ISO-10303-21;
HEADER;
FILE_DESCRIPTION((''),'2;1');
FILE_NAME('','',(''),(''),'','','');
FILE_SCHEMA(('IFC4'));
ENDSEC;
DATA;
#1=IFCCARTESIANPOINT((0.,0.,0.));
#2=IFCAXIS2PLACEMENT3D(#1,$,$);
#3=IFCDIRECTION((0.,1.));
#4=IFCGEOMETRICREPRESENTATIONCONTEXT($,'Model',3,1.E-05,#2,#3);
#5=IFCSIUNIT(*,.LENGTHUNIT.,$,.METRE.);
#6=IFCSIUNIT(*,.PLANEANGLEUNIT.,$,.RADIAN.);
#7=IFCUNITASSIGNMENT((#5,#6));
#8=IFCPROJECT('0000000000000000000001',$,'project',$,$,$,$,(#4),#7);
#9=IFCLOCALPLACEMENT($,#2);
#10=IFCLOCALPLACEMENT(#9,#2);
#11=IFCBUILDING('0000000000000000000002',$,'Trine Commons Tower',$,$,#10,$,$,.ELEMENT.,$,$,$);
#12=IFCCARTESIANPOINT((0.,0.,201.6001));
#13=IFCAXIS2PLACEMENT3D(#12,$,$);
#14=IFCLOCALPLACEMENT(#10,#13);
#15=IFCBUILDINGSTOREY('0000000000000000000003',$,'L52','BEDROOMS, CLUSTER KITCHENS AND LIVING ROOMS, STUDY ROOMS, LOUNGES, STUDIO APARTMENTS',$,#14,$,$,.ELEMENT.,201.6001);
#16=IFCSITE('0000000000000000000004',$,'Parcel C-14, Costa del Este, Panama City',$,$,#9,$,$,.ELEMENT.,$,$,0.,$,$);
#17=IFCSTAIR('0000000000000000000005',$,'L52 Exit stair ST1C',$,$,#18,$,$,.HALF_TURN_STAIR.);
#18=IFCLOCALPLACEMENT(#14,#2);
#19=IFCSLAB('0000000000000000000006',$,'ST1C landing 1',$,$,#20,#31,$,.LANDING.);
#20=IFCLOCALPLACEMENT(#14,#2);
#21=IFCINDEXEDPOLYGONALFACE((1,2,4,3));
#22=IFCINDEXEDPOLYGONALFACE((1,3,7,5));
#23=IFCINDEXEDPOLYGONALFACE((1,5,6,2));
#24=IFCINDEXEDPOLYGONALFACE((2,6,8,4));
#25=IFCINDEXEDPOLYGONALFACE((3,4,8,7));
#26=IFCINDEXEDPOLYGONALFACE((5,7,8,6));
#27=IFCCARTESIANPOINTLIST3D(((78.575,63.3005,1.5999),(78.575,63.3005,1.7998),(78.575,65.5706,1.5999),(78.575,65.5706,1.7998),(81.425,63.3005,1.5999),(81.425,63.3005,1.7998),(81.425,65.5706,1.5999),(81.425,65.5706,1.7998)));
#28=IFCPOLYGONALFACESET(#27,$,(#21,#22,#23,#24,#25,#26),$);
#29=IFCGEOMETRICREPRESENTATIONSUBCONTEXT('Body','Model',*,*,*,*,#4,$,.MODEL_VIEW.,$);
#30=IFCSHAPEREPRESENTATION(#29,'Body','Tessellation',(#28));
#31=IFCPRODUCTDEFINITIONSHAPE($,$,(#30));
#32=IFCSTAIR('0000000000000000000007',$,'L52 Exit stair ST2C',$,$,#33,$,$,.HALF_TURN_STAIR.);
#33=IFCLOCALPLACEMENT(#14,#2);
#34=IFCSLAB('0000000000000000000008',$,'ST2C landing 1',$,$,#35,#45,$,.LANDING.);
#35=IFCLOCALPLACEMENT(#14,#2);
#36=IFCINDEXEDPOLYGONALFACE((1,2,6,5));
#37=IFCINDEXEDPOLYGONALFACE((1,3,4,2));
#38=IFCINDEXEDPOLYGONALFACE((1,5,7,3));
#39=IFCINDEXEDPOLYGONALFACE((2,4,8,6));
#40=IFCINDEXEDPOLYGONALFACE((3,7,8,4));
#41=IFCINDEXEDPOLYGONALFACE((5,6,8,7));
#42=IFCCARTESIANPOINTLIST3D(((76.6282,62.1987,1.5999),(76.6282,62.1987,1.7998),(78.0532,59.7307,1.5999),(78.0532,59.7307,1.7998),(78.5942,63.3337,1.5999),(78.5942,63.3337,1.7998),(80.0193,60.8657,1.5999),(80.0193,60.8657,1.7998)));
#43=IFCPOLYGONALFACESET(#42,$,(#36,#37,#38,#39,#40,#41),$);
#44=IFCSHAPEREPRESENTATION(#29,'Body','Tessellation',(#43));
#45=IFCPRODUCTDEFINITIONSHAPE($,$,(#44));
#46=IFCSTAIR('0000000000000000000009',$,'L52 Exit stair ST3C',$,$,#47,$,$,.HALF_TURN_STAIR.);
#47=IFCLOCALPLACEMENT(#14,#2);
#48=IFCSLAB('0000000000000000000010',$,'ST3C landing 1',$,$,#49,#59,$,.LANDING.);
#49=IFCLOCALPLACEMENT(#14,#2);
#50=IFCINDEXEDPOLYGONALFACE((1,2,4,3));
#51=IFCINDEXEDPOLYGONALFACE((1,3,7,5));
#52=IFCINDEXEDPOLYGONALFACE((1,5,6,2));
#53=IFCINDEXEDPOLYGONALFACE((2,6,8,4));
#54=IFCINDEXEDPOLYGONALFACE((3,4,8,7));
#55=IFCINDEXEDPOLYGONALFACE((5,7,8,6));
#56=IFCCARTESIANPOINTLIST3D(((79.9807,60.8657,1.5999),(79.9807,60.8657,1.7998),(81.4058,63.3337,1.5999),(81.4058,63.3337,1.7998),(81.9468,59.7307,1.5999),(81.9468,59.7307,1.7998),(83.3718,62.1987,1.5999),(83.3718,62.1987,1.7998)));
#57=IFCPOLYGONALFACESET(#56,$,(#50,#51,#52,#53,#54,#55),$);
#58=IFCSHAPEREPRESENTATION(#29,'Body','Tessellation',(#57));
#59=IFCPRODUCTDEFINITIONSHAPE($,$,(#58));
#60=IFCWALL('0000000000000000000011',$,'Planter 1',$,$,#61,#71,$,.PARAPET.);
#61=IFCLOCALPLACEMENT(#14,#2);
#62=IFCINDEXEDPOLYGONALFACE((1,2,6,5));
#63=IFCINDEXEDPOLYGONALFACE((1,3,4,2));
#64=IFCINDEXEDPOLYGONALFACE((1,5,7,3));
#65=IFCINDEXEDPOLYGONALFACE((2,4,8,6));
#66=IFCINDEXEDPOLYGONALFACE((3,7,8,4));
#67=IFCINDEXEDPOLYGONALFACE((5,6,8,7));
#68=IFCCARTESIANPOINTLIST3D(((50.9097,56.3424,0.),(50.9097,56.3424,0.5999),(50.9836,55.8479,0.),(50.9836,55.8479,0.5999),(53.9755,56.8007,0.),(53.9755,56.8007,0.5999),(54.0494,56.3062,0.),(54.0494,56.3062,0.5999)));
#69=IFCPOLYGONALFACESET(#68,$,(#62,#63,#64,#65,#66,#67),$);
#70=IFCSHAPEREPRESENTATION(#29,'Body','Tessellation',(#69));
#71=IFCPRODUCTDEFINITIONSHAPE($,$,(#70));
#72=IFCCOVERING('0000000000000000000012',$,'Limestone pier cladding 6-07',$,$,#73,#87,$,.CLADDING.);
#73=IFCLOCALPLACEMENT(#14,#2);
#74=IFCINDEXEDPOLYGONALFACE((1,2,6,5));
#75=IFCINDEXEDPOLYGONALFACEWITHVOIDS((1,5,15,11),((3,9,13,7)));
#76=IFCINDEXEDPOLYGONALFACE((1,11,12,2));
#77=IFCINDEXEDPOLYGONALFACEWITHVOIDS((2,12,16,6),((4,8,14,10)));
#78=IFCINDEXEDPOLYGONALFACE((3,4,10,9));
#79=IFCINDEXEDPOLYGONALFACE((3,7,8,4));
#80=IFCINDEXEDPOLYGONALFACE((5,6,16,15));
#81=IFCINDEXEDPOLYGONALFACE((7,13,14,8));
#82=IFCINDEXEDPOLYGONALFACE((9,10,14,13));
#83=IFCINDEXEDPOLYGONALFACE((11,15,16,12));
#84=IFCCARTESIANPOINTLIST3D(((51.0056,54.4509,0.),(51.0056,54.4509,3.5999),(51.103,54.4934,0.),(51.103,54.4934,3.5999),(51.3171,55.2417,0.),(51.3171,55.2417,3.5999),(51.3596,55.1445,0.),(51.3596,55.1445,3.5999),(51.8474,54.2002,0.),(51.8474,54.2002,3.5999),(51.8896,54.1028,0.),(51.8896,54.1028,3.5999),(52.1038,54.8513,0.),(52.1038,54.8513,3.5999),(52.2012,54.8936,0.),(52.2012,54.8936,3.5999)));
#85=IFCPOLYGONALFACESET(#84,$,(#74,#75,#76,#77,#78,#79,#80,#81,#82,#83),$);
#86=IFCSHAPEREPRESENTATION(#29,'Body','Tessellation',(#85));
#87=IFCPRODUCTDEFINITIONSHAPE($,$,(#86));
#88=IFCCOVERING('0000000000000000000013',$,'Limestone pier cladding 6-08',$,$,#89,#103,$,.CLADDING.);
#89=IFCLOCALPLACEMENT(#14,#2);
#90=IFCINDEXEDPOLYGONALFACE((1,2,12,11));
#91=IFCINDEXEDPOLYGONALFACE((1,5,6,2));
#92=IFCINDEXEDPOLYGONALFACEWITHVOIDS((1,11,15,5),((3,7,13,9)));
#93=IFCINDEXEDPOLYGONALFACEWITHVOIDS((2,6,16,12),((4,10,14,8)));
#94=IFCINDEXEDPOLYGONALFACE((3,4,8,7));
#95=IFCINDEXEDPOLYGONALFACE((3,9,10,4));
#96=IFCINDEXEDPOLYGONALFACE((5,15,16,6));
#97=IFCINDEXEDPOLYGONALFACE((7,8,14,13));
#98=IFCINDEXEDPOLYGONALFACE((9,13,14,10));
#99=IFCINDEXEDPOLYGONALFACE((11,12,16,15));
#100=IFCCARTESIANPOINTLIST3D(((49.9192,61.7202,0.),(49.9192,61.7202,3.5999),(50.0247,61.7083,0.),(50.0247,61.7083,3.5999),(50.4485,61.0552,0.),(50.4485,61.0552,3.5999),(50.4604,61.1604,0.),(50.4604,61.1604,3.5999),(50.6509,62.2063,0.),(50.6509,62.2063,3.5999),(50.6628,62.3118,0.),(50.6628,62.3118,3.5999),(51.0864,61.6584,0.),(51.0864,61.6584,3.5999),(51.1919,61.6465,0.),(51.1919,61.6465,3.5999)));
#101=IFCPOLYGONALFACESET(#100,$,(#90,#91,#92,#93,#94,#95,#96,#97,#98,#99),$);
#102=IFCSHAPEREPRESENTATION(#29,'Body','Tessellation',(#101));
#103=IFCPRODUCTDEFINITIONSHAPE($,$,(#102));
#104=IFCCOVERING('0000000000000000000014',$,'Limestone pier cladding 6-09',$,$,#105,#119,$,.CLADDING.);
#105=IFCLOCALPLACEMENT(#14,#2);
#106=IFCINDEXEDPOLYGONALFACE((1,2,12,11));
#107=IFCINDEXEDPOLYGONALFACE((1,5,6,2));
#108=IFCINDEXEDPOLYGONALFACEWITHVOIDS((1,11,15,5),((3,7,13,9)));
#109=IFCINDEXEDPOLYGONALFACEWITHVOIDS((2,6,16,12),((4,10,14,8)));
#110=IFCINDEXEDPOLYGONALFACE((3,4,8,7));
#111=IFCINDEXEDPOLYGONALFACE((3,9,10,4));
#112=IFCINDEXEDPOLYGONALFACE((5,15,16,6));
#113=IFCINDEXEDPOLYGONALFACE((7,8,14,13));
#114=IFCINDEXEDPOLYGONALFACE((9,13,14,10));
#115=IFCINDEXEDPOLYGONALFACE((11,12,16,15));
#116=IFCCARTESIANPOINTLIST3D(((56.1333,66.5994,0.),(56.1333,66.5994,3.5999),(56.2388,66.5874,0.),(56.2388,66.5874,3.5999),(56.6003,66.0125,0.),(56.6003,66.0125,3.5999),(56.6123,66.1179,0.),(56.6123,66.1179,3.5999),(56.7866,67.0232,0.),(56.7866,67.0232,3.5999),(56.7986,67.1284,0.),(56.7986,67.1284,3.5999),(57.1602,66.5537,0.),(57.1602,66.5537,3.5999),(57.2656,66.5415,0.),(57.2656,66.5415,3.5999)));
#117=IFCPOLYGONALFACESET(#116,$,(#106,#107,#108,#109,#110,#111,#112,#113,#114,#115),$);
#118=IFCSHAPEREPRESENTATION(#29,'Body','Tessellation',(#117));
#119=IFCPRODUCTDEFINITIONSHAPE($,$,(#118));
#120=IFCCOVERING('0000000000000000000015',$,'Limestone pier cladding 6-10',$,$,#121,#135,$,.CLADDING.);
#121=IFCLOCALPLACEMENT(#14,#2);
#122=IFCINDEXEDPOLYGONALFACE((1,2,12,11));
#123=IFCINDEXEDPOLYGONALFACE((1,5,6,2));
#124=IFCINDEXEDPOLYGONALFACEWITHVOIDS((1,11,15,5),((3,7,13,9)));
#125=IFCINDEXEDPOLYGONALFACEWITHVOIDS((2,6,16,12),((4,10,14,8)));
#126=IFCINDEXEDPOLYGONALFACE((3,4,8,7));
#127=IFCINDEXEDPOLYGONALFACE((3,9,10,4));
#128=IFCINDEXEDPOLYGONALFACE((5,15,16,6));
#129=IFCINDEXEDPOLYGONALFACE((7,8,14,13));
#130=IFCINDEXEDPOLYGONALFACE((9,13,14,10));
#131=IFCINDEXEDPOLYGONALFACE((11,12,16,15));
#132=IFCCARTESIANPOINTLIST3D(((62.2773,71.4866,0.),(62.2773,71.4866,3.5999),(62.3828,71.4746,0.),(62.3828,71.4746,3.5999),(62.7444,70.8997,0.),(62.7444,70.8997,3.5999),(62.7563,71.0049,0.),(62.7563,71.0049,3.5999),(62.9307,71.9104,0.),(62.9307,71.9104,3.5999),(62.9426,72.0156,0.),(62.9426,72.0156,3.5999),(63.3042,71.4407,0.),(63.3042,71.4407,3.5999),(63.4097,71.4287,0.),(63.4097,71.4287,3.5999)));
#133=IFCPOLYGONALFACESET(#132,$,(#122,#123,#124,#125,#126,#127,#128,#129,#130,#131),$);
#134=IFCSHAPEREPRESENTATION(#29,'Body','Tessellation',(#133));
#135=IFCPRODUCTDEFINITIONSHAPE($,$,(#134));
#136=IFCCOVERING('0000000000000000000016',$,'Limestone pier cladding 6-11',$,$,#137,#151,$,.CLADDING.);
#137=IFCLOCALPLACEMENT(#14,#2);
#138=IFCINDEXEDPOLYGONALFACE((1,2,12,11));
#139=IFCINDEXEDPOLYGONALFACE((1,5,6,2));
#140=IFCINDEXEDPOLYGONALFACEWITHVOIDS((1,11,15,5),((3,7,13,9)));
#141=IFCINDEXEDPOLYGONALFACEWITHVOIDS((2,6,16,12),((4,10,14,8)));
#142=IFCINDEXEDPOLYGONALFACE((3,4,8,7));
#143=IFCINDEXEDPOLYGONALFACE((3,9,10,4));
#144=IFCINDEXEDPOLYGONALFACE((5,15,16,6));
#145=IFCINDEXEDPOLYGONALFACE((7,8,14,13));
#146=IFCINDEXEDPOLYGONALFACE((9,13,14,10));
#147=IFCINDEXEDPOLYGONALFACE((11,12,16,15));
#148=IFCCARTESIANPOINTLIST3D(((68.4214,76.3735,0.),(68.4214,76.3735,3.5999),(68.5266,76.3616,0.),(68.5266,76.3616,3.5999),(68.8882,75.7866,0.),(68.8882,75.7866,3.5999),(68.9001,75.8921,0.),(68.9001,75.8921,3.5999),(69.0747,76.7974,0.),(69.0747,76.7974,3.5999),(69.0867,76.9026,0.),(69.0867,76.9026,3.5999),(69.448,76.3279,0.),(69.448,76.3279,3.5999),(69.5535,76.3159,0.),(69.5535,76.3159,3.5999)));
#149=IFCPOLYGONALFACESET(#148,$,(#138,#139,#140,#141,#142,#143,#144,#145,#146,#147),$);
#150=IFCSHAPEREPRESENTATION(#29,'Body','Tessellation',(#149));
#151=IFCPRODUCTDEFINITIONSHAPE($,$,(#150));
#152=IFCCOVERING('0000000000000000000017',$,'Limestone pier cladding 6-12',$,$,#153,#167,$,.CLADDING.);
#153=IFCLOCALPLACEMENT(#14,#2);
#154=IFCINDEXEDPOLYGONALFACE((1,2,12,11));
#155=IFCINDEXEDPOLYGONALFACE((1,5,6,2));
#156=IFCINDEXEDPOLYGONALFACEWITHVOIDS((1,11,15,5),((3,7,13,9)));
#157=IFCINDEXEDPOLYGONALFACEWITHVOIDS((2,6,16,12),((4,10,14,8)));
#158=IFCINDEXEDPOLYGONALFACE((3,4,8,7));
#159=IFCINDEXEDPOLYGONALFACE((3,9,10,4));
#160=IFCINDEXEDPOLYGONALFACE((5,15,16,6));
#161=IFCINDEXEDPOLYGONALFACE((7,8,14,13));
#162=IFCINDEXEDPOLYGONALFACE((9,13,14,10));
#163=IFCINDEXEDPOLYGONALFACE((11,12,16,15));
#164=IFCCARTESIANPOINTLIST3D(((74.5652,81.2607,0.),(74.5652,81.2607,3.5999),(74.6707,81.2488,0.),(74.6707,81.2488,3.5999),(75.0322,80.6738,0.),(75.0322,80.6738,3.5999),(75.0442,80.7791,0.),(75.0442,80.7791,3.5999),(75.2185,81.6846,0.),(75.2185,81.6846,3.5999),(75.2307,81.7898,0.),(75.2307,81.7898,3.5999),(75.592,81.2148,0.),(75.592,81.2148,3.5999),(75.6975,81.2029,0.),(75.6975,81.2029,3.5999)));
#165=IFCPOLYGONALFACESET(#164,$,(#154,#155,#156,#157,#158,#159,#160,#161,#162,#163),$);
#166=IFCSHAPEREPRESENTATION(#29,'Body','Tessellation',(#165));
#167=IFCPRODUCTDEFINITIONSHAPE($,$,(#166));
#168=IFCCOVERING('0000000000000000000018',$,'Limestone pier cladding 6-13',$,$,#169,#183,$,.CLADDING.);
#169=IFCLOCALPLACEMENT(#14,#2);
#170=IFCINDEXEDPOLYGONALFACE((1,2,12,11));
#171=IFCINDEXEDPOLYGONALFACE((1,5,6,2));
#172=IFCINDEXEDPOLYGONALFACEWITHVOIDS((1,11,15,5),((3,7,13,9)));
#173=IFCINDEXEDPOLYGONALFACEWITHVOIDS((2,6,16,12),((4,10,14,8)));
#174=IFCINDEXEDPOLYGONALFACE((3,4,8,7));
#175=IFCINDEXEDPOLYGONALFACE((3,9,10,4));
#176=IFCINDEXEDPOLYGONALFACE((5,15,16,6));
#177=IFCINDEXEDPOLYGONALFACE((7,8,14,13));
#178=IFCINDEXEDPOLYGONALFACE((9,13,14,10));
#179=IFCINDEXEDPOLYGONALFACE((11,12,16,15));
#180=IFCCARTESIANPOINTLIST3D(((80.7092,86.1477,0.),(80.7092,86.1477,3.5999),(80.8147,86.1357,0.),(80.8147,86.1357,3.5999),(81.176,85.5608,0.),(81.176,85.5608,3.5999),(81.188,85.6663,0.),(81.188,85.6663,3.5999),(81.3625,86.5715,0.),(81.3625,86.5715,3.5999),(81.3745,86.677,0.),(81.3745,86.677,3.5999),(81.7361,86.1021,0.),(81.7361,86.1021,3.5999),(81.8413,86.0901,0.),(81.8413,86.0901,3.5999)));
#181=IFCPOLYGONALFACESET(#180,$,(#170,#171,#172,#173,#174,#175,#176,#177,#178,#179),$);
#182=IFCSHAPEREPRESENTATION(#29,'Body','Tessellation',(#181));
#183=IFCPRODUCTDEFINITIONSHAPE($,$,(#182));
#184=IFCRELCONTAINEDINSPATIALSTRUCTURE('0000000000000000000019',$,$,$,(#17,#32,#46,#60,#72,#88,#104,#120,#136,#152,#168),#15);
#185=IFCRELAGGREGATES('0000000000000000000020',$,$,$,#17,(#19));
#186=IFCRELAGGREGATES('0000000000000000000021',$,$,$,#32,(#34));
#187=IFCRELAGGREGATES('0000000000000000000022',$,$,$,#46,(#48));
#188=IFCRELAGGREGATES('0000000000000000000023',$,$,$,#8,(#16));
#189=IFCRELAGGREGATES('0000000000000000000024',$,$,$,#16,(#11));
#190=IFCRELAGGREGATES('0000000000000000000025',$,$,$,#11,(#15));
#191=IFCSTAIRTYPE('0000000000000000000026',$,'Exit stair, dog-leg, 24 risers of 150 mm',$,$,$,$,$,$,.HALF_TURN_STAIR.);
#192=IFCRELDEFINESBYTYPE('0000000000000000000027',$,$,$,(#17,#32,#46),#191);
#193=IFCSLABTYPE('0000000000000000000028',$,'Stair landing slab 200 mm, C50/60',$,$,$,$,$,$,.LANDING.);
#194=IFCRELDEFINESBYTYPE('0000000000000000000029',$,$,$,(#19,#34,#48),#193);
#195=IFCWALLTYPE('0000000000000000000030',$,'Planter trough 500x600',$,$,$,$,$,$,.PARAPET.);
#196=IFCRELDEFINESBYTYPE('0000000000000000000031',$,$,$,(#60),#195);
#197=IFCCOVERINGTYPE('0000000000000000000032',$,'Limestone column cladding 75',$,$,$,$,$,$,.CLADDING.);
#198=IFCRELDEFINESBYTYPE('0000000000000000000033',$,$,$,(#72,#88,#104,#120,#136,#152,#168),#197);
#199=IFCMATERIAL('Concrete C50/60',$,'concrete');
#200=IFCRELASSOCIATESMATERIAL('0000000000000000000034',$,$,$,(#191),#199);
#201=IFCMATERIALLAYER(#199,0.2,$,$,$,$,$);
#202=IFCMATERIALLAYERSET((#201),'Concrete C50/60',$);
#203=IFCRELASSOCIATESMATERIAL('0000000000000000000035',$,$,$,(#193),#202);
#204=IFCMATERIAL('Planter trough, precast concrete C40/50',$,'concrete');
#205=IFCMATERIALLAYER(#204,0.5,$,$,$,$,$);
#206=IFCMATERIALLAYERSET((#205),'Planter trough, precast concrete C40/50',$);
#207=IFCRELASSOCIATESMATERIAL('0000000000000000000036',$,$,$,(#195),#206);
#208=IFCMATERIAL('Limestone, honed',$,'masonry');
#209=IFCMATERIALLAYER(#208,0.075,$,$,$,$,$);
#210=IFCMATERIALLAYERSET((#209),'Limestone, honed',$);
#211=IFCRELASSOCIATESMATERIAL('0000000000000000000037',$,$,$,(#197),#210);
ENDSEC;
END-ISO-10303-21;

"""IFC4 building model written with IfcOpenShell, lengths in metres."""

from ifc_helpers import new_model, si_unit, direction, frame, frame_2d, origin, place, context, subcontext, project, spatial, polyline, rectangle, outline, extrude, material, layer, layer_set, type_object, element, aggregate, save


model = new_model("IFC4")

# Units and contexts
model_context = context("Model", 3, precision=1e-05, world=origin(), true_north=direction((0.0, 1.0)))
body_context = subcontext(model_context, "Body", "Model", "MODEL_VIEW")
ifc_project = project(units=[si_unit("LENGTHUNIT", "METRE"), si_unit("PLANEANGLEUNIT", "RADIAN")], contexts=[model_context])

# Site, building, storey
site_placement = place(None, origin())
site = spatial("IfcSite", under=ifc_project, at=site_placement, Name="Parcel C-14, Costa del Este, Panama City", CompositionType="ELEMENT", RefElevation=0.0)
building_placement = place(site_placement, origin())
building = spatial("IfcBuilding", under=site, at=building_placement, Name="Trine Commons Tower", CompositionType="ELEMENT")
storey_placement = place(building_placement, frame((0.0, 0.0, 201.6001)))
storey = spatial("IfcBuildingStorey", under=building, at=storey_placement, Name="L52", Description="BEDROOMS, CLUSTER KITCHENS AND LIVING ROOMS, STUDY ROOMS, LOUNGES, STUDIO APARTMENTS", CompositionType="ELEMENT", Elevation=201.6001)

# Stairs, slabs
ifc_material_1 = material(Name="Concrete C50/60", Category="concrete")
stair_type = type_object("IfcStairType", Name="Exit stair, dog-leg, 24 risers of 150 mm", PredefinedType="HALF_TURN_STAIR", material=ifc_material_1)
stair_1_placement = place(storey_placement, origin())
stair_1 = element("IfcStair", 1, at=stair_1_placement, inside=storey, type_object=stair_type, Name="L52 Exit stair ST1C", PredefinedType="HALF_TURN_STAIR")
ifc_layer_1 = layer(ifc_material_1, 0.2)
ifc_layer_set_1 = layer_set([ifc_layer_1], Name="Concrete C50/60")
slab_type = type_object("IfcSlabType", Name="Stair landing slab 200 mm, C50/60", PredefinedType="LANDING", material=ifc_layer_set_1)
slab_1_placement = place(storey_placement, frame((0.0, 0.0, 1.5999)))
slab_1 = element("IfcSlab", 2, at=slab_1_placement, type_object=slab_type, Name="ST1C landing 1", PredefinedType="LANDING", context=body_context, shape_type="SweptSolid", body=[
    extrude(outline(polyline([(78.575, 65.5706), (78.575, 63.3005), (81.425, 63.3005), (81.425, 65.5706), (78.575, 65.5706)])), origin(), (0.0, 0.0, 1.0), 0.2),
])
aggregate(stair_1, [slab_1])
stair_2_placement = place(storey_placement, origin())
stair_2 = element("IfcStair", 3, at=stair_2_placement, inside=storey, type_object=stair_type, Name="L52 Exit stair ST2C", PredefinedType="HALF_TURN_STAIR")
slab_2_placement = place(storey_placement, frame((0.0, 0.0, 1.5999)))
slab_2 = element("IfcSlab", 4, at=slab_2_placement, type_object=slab_type, Name="ST2C landing 1", PredefinedType="LANDING", context=body_context, shape_type="SweptSolid", body=[
    extrude(outline(polyline([(78.0532, 59.7307), (80.0193, 60.8657), (78.5942, 63.3337), (76.6282, 62.1987), (78.0532, 59.7307)])), origin(), (0.0, 0.0, 1.0), 0.2),
])
aggregate(stair_2, [slab_2])
stair_3_placement = place(storey_placement, origin())
stair_3 = element("IfcStair", 5, at=stair_3_placement, inside=storey, type_object=stair_type, Name="L52 Exit stair ST3C", PredefinedType="HALF_TURN_STAIR")
slab_3_placement = place(storey_placement, frame((0.0, 0.0, 1.5999)))
slab_3 = element("IfcSlab", 6, at=slab_3_placement, type_object=slab_type, Name="ST3C landing 1", PredefinedType="LANDING", context=body_context, shape_type="SweptSolid", body=[
    extrude(outline(polyline([(83.3718, 62.1987), (81.4058, 63.3337), (79.9807, 60.8657), (81.9468, 59.7307), (83.3718, 62.1987)])), origin(), (0.0, 0.0, 1.0), 0.2),
])
aggregate(stair_3, [slab_3])

# Wall
ifc_material_2 = material(Name="Planter trough, precast concrete C40/50", Category="concrete")
ifc_layer_2 = layer(ifc_material_2, 0.5)
ifc_layer_set_2 = layer_set([ifc_layer_2], Name="Planter trough, precast concrete C40/50")
wall_type = type_object("IfcWallType", Name="Planter trough 500x600", PredefinedType="PARAPET", material=ifc_layer_set_2)
wall_placement = place(storey_placement, frame((50.9468, 56.0952, 0.0), z_axis=(0.0, 0.0, 1.0), x_axis=(0.989012, 0.147836, 0.0)))
element("IfcWall", 7, at=wall_placement, inside=storey, type_object=wall_type, Name="Planter 1", PredefinedType="PARAPET", context=body_context, shape_type="SweptSolid", body=[
    extrude(rectangle(XDim=3.0999, YDim=0.5, at=frame_2d((1.5498, 0.0))), origin(), (0.0, 0.0, 1.0), 0.5999),
])

# Coverings
ifc_material_3 = material(Name="Limestone, honed", Category="masonry")
ifc_layer_3 = layer(ifc_material_3, 0.075)
ifc_layer_set_3 = layer_set([ifc_layer_3], Name="Limestone, honed")
covering_type_1 = type_object("IfcCoveringType", Name="Limestone column cladding 75", PredefinedType="CLADDING", material=ifc_layer_set_3)
covering_1_placement = place(storey_placement, origin())
element("IfcCovering", 8, at=covering_1_placement, inside=storey, type_object=covering_type_1, Name="Limestone pier cladding 6-07", PredefinedType="CLADDING", context=body_context, shape_type="SweptSolid", body=[
    extrude(outline(polyline([(51.3171, 55.2417), (51.0056, 54.4509), (51.8896, 54.1028), (52.2012, 54.8936), (51.3171, 55.2417)]), holes=[polyline([(51.3596, 55.1445), (51.103, 54.4934), (51.8474, 54.2002), (52.1038, 54.8513), (51.3596, 55.1445)])]), origin(), (0.0, 0.0, 1.0), 3.5999),
])
covering_2_placement = place(storey_placement, origin())
element("IfcCovering", 9, at=covering_2_placement, inside=storey, type_object=covering_type_1, Name="Limestone pier cladding 6-08", PredefinedType="CLADDING", context=body_context, shape_type="SweptSolid", body=[
    extrude(outline(polyline([(51.1919, 61.6465), (50.6628, 62.3118), (49.9192, 61.7202), (50.4485, 61.0552), (51.1919, 61.6465)]), holes=[polyline([(51.0864, 61.6584), (50.6509, 62.2063), (50.0247, 61.7083), (50.4604, 61.1604), (51.0864, 61.6584)])]), origin(), (0.0, 0.0, 1.0), 3.5999),
])
covering_3_placement = place(storey_placement, origin())
element("IfcCovering", 10, at=covering_3_placement, inside=storey, type_object=covering_type_1, Name="Limestone pier cladding 6-09", PredefinedType="CLADDING", context=body_context, shape_type="SweptSolid", body=[
    extrude(outline(polyline([(57.2656, 66.5415), (56.7986, 67.1284), (56.1333, 66.5994), (56.6003, 66.0125), (57.2656, 66.5415)]), holes=[polyline([(57.1602, 66.5537), (56.7866, 67.0232), (56.2388, 66.5874), (56.6123, 66.1179), (57.1602, 66.5537)])]), origin(), (0.0, 0.0, 1.0), 3.5999),
])
covering_4_placement = place(storey_placement, origin())
element("IfcCovering", 11, at=covering_4_placement, inside=storey, type_object=covering_type_1, Name="Limestone pier cladding 6-10", PredefinedType="CLADDING", context=body_context, shape_type="SweptSolid", body=[
    extrude(outline(polyline([(63.4097, 71.4287), (62.9426, 72.0156), (62.2773, 71.4866), (62.7444, 70.8997), (63.4097, 71.4287)]), holes=[polyline([(63.3042, 71.4407), (62.9307, 71.9104), (62.3828, 71.4746), (62.7563, 71.0049), (63.3042, 71.4407)])]), origin(), (0.0, 0.0, 1.0), 3.5999),
])
covering_5_placement = place(storey_placement, origin())
element("IfcCovering", 12, at=covering_5_placement, inside=storey, type_object=covering_type_1, Name="Limestone pier cladding 6-11", PredefinedType="CLADDING", context=body_context, shape_type="SweptSolid", body=[
    extrude(outline(polyline([(69.5535, 76.3159), (69.0867, 76.9026), (68.4214, 76.3735), (68.8882, 75.7866), (69.5535, 76.3159)]), holes=[polyline([(69.448, 76.3279), (69.0747, 76.7974), (68.5266, 76.3616), (68.9001, 75.8921), (69.448, 76.3279)])]), origin(), (0.0, 0.0, 1.0), 3.5999),
])
covering_6_placement = place(storey_placement, origin())
element("IfcCovering", 13, at=covering_6_placement, inside=storey, type_object=covering_type_1, Name="Limestone pier cladding 6-12", PredefinedType="CLADDING", context=body_context, shape_type="SweptSolid", body=[
    extrude(outline(polyline([(75.6975, 81.2029), (75.2307, 81.7898), (74.5652, 81.2607), (75.0322, 80.6738), (75.6975, 81.2029)]), holes=[polyline([(75.592, 81.2148), (75.2185, 81.6846), (74.6707, 81.2488), (75.0442, 80.7791), (75.592, 81.2148)])]), origin(), (0.0, 0.0, 1.0), 3.5999),
])
covering_7_placement = place(storey_placement, origin())
element("IfcCovering", 14, at=covering_7_placement, inside=storey, type_object=covering_type_1, Name="Limestone pier cladding 6-13", PredefinedType="CLADDING", context=body_context, shape_type="SweptSolid", body=[
    extrude(outline(polyline([(81.8413, 86.0901), (81.3745, 86.677), (80.7092, 86.1477), (81.176, 85.5608), (81.8413, 86.0901)]), holes=[polyline([(81.7361, 86.1021), (81.3625, 86.5715), (80.8147, 86.1357), (81.188, 85.6663), (81.7361, 86.1021)])]), origin(), (0.0, 0.0, 1.0), 3.5999),
])

save(model, "model.ifc")
